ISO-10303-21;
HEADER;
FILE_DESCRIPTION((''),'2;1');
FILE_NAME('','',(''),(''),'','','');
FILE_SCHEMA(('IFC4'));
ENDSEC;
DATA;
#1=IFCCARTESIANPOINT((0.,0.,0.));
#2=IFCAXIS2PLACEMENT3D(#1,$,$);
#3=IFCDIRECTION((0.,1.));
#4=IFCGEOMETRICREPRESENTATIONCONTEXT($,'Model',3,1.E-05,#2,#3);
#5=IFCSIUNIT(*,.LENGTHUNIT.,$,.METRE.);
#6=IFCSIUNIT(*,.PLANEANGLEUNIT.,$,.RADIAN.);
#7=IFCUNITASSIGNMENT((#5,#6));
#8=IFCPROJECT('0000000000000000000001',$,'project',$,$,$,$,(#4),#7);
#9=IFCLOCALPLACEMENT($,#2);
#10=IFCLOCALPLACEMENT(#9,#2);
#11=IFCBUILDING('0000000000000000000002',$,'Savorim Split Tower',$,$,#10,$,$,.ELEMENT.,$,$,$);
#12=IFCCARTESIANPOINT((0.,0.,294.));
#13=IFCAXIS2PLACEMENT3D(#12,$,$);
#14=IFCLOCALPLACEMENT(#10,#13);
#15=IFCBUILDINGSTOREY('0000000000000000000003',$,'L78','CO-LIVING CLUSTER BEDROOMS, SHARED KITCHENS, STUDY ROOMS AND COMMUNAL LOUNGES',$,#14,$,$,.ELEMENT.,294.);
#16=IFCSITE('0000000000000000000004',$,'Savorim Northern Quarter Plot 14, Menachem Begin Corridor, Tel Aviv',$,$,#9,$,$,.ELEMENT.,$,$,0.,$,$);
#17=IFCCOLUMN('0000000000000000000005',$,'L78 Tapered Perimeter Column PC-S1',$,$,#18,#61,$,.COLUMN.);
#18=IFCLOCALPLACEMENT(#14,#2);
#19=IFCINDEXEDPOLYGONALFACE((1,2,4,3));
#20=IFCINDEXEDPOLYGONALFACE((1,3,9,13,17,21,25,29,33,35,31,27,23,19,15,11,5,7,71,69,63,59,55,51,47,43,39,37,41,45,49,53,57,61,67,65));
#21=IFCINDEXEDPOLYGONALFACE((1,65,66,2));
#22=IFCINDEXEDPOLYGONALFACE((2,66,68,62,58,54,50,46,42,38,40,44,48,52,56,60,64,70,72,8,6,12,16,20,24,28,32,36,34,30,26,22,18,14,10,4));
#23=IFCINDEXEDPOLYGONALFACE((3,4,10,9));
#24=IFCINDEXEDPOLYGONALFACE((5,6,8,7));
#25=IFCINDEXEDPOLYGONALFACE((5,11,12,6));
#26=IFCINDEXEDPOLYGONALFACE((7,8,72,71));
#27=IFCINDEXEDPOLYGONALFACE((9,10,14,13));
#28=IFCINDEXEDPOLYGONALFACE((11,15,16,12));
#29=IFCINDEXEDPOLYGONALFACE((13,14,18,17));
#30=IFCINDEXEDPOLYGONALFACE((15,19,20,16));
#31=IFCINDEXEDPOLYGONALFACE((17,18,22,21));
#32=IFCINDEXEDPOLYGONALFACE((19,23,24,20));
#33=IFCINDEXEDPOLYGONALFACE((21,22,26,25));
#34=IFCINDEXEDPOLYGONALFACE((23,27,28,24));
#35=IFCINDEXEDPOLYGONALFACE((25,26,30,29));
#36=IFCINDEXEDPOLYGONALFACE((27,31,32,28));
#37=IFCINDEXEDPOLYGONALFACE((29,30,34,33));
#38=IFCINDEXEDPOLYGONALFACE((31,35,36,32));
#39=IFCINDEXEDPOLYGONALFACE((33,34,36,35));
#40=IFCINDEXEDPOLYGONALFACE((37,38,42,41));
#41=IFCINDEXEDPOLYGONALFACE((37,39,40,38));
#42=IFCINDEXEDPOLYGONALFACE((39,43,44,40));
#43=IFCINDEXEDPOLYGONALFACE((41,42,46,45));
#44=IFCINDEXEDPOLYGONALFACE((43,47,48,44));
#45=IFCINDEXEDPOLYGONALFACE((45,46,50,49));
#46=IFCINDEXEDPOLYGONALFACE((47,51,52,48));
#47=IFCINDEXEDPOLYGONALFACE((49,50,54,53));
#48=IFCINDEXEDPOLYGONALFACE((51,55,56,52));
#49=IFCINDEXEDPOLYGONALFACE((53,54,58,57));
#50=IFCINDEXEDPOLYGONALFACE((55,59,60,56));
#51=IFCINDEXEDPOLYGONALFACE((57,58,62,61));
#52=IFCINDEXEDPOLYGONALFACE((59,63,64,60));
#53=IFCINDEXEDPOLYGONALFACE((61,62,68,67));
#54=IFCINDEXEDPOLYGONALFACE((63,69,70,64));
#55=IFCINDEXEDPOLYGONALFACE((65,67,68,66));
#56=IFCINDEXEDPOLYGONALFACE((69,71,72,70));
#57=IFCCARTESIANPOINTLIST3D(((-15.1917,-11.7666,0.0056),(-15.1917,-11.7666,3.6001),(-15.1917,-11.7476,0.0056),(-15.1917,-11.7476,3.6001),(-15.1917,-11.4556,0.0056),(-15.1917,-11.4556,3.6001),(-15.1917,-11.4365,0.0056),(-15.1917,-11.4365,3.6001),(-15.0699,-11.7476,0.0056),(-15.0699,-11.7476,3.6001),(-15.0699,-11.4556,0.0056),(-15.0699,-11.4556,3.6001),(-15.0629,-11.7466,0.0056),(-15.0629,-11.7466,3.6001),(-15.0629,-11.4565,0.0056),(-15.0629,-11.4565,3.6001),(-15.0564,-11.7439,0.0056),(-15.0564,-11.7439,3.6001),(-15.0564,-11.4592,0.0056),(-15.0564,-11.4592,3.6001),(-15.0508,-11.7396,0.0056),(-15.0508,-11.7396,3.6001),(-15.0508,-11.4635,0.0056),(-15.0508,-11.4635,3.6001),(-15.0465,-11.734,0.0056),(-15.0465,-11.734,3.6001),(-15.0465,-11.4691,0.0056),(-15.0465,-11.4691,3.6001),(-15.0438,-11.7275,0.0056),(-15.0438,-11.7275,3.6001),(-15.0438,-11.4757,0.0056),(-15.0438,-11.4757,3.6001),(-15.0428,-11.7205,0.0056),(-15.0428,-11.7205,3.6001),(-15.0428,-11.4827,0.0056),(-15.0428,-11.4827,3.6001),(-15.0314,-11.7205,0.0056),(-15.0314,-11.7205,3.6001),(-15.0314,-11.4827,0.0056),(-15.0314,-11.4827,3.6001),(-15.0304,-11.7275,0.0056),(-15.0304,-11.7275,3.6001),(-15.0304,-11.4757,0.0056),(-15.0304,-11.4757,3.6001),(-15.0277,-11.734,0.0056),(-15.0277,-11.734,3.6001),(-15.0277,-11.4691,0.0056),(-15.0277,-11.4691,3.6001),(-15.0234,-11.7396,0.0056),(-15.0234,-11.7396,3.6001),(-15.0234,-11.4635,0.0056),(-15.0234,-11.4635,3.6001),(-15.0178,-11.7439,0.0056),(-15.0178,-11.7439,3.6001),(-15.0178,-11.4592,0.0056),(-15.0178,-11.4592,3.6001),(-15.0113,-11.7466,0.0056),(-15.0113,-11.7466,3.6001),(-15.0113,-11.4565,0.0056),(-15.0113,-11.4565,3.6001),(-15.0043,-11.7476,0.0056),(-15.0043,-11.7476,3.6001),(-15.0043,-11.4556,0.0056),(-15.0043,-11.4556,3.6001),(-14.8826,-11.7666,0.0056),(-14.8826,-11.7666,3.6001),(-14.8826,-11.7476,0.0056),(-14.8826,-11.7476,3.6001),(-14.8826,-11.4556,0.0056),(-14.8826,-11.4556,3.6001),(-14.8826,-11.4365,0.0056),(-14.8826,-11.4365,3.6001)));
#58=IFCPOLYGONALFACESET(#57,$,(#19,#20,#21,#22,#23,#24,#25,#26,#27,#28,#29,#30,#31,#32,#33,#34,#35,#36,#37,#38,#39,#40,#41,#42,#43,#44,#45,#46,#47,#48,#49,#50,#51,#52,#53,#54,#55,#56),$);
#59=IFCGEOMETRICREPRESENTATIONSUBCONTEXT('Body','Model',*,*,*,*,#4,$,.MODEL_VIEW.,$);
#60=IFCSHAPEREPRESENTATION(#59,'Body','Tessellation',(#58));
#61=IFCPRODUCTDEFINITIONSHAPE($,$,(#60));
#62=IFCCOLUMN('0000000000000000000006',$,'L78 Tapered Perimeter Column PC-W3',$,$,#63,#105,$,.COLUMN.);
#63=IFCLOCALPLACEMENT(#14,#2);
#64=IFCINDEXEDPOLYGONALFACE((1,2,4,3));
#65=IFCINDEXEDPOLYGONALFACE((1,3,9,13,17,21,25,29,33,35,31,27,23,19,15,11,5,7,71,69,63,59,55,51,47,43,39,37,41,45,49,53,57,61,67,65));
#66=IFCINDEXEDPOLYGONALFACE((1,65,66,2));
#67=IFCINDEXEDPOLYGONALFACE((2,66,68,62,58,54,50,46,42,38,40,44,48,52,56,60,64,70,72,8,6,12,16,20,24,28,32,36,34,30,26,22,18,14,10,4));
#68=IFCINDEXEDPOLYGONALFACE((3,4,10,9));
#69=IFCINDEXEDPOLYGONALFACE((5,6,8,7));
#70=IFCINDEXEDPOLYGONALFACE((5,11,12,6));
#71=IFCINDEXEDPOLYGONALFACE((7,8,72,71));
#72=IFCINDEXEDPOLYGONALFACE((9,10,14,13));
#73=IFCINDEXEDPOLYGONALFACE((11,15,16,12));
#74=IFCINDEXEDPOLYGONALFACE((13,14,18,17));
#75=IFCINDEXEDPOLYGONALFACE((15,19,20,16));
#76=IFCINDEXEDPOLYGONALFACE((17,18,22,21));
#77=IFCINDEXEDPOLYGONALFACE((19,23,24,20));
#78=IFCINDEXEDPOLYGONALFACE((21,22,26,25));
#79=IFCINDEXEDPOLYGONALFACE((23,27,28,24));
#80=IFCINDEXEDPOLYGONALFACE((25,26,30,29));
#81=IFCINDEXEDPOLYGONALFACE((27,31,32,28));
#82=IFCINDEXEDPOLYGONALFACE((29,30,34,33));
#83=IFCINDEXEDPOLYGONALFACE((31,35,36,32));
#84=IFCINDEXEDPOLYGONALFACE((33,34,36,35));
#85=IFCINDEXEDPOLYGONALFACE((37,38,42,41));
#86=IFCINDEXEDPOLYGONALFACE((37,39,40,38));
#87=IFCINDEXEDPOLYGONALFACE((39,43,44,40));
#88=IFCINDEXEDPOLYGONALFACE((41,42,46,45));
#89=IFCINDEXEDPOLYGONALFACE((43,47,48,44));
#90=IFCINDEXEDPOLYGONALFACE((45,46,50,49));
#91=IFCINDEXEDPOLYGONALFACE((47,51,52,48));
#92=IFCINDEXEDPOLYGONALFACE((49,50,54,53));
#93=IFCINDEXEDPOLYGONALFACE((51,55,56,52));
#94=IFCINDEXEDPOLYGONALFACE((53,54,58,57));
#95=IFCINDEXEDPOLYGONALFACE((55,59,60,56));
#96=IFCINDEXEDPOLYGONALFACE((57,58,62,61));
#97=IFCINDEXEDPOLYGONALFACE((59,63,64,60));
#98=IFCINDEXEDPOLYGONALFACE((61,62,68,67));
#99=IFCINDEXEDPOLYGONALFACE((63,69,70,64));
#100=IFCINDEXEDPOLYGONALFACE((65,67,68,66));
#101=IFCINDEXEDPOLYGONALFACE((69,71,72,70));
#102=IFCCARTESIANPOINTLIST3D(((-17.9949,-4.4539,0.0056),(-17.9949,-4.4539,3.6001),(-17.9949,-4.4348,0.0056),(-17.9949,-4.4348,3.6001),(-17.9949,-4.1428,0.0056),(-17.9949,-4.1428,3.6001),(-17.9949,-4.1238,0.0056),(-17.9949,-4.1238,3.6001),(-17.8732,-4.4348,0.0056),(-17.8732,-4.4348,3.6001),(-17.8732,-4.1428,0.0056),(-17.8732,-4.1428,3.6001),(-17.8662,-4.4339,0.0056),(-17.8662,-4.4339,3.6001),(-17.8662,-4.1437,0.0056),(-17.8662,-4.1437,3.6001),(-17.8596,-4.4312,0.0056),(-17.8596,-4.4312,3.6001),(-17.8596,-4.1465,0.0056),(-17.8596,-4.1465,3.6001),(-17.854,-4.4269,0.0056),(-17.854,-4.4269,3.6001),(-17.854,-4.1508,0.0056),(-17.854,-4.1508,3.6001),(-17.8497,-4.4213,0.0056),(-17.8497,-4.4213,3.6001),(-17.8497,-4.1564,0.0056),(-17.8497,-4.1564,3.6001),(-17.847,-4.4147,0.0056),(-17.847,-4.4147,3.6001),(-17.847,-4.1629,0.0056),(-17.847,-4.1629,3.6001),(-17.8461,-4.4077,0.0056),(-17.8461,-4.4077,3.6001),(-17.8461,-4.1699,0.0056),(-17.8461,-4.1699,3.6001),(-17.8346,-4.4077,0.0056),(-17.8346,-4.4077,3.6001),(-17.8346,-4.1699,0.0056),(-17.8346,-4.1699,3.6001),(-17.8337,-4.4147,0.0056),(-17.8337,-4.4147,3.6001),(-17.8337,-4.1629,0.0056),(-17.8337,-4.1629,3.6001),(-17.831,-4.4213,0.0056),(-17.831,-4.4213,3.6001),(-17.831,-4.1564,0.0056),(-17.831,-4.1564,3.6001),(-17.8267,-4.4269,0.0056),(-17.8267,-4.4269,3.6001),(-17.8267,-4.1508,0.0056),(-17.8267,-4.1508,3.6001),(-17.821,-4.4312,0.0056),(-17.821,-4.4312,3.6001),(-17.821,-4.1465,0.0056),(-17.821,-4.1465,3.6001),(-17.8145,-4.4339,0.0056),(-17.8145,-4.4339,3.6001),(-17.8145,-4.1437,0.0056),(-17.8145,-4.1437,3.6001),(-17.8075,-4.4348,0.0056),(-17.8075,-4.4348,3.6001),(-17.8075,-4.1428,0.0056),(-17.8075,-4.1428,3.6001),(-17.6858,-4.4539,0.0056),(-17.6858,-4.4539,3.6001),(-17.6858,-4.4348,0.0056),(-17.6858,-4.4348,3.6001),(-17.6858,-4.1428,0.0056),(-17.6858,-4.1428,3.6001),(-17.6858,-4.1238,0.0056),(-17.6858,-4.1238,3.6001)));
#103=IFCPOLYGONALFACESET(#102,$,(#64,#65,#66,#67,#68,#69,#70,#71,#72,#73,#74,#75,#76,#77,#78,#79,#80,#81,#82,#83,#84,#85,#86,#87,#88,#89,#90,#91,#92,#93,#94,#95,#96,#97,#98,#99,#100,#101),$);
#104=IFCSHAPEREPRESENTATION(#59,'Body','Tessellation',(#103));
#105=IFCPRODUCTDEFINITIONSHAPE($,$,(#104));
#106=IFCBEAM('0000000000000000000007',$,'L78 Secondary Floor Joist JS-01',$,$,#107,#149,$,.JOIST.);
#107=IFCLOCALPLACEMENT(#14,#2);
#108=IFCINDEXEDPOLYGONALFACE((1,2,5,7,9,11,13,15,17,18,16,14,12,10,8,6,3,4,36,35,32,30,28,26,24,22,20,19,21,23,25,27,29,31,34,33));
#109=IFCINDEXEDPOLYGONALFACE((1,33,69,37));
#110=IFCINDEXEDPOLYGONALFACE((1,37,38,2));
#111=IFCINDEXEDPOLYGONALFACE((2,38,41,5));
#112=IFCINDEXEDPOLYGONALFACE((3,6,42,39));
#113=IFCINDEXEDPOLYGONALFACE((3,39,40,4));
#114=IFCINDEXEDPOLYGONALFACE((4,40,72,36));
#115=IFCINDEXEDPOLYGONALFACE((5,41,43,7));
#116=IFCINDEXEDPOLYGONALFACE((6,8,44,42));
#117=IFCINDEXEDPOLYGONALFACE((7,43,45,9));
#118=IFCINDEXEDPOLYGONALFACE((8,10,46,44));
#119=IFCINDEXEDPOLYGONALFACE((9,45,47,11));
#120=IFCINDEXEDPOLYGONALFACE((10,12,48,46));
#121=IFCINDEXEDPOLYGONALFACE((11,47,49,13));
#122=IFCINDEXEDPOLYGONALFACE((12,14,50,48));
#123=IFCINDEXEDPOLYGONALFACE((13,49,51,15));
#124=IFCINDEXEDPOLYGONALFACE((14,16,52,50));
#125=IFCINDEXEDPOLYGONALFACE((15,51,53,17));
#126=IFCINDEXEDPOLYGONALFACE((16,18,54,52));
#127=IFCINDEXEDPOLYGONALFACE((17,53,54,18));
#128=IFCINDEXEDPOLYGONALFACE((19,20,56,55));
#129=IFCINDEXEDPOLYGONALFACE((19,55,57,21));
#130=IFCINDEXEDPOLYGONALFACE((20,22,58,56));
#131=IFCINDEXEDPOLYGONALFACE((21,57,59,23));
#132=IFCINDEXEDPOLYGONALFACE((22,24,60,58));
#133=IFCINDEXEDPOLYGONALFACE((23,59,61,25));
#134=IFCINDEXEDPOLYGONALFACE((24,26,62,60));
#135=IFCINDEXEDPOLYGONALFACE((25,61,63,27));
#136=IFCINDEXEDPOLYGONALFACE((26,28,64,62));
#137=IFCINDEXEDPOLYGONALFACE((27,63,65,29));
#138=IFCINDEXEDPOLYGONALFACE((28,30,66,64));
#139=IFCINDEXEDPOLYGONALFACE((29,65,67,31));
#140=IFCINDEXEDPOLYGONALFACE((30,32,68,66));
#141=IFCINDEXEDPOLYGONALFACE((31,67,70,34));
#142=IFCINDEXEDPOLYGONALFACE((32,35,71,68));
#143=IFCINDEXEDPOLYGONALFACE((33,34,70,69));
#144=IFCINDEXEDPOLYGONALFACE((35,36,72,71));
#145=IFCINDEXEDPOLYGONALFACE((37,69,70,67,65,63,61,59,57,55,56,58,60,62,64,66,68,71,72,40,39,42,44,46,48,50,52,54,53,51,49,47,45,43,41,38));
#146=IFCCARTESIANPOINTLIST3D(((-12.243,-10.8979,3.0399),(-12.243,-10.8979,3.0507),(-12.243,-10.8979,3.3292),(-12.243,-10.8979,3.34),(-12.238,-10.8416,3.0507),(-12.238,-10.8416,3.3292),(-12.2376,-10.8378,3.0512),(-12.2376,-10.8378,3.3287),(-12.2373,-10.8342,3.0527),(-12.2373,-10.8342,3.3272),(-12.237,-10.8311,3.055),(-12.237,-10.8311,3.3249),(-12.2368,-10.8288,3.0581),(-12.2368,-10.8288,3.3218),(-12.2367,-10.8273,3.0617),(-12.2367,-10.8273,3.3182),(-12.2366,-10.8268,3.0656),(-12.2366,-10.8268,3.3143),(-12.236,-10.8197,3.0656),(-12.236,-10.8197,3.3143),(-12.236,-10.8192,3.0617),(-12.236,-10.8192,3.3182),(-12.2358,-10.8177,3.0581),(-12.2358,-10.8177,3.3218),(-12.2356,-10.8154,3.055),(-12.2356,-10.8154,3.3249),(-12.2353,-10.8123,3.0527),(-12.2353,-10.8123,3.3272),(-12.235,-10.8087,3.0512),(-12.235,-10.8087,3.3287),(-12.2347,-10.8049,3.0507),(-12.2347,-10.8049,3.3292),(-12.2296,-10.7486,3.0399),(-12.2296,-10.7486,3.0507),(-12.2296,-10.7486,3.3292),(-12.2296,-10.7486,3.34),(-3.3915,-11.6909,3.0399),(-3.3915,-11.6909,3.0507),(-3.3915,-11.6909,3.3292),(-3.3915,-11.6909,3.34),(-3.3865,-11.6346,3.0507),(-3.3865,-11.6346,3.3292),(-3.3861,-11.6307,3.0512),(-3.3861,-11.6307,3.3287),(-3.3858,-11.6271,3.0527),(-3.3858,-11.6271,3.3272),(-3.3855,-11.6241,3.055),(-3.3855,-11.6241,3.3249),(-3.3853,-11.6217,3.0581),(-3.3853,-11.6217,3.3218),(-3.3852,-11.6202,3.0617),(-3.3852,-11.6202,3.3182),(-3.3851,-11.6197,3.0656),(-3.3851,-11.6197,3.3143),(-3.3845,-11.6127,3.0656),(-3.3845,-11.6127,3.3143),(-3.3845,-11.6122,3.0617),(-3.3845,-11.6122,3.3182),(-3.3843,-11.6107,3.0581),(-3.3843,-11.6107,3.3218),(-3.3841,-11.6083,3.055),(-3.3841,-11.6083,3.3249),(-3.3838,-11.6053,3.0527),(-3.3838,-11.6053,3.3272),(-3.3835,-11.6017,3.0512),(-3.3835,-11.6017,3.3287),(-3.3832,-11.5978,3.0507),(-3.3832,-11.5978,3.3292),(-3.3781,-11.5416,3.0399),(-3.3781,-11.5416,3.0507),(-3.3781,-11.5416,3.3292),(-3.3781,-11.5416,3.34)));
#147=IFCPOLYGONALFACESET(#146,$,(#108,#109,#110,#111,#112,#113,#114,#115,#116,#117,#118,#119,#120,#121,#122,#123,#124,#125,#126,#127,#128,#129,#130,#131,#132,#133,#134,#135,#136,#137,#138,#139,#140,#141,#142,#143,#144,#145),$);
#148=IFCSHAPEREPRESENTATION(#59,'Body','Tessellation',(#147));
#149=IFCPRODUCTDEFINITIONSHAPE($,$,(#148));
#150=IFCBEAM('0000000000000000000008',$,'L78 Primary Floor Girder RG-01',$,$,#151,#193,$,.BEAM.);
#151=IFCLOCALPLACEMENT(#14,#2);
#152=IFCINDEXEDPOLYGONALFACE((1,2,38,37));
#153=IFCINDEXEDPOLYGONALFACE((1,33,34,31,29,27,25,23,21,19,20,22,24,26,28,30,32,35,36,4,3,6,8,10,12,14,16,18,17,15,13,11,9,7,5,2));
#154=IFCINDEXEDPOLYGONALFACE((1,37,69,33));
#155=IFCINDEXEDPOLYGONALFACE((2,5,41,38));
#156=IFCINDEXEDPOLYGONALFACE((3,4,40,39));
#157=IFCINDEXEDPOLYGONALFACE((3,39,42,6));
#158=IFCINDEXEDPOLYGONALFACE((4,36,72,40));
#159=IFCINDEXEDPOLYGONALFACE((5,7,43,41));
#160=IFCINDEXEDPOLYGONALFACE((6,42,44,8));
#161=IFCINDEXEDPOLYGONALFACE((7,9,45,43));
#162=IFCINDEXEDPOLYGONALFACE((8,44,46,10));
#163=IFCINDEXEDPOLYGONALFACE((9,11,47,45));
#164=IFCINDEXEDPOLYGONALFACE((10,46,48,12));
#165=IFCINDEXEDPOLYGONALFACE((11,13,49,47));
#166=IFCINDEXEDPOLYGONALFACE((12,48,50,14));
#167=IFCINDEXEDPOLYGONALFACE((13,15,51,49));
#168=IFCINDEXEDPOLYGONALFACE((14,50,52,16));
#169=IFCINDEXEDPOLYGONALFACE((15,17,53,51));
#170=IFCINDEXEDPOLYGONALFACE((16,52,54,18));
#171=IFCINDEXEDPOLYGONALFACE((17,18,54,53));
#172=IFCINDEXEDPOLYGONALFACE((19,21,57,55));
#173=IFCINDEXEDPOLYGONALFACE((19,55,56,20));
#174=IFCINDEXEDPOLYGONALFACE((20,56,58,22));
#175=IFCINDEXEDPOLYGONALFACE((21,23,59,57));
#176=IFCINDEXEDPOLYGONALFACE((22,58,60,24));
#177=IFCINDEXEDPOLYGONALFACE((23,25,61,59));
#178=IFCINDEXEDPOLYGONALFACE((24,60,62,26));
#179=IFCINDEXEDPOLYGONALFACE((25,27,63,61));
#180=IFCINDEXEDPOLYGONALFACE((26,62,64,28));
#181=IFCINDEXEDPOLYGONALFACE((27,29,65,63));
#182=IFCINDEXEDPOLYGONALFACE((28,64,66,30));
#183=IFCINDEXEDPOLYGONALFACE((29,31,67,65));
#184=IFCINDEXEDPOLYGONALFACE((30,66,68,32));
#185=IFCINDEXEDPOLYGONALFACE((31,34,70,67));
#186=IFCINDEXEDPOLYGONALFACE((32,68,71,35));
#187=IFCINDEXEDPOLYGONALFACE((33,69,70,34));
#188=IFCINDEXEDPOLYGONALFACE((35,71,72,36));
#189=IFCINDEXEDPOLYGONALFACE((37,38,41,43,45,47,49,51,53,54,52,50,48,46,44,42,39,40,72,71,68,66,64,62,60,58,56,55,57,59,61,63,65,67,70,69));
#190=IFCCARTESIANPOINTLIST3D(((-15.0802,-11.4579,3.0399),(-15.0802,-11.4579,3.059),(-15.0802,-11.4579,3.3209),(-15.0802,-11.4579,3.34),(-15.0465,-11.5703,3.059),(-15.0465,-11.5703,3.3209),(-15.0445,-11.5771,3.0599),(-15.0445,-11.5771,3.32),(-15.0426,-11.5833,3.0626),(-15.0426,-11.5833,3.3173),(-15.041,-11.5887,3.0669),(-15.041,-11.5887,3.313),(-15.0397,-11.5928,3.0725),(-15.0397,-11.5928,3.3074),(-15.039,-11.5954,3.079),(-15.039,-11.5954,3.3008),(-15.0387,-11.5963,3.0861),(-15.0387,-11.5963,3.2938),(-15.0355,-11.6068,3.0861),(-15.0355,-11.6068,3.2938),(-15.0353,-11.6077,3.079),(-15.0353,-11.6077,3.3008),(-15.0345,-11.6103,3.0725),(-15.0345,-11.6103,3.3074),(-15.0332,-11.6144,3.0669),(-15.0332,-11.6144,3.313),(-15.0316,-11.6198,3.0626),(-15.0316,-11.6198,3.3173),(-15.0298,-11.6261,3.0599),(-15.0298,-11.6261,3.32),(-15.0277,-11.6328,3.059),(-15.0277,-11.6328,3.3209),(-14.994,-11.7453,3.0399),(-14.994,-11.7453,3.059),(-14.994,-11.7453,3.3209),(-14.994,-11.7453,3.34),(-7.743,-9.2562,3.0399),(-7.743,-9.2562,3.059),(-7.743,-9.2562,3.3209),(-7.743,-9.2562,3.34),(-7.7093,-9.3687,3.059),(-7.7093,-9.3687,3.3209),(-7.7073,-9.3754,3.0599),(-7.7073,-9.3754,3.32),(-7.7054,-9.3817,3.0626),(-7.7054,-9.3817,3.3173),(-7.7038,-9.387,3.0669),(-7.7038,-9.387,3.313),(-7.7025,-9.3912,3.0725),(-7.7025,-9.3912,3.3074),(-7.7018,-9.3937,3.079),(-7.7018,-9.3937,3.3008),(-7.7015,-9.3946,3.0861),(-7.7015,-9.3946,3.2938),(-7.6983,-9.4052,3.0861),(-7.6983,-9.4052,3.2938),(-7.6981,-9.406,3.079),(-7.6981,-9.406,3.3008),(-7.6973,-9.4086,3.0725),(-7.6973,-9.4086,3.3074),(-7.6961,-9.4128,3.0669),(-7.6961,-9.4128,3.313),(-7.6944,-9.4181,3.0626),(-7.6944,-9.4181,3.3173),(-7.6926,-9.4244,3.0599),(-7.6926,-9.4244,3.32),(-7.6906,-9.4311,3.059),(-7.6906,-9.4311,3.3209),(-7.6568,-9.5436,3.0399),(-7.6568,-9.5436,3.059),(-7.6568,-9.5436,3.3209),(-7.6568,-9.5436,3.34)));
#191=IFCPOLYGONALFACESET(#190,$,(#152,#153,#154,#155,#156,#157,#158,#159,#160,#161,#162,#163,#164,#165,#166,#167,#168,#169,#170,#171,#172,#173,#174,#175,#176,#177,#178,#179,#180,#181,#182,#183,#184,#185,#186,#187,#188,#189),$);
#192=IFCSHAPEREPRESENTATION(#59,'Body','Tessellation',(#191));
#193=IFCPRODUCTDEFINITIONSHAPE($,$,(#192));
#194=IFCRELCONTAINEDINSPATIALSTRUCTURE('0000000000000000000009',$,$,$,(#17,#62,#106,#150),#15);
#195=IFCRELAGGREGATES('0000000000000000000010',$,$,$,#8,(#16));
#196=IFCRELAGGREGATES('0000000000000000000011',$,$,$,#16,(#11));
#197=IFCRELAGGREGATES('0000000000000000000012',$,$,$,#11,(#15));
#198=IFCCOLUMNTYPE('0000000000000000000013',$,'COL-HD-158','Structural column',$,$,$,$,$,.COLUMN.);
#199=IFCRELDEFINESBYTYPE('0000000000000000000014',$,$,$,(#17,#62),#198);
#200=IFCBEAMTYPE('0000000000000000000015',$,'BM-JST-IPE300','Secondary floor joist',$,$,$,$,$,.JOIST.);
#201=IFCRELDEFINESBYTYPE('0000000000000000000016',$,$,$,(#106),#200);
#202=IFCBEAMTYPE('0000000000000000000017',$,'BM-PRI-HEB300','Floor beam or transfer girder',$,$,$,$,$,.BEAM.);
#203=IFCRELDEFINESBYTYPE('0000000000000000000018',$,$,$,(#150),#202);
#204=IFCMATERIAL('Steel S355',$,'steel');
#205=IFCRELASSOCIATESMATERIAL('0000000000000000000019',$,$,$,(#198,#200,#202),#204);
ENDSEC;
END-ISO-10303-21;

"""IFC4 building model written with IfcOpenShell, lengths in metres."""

from ifc_helpers import new_model, si_unit, direction, frame, origin, origin_2d, place, context, subcontext, project, spatial, i_section, extrude, material, material_profile, profile_set, type_object, element, save


model = new_model("IFC4")

# Units and contexts
model_context = context("Model", 3, precision=1e-05, world=origin(), true_north=direction((0.0, 1.0)))
body_context = subcontext(model_context, "Body", "Model", "MODEL_VIEW")
ifc_project = project(units=[si_unit("LENGTHUNIT", "METRE"), si_unit("PLANEANGLEUNIT", "RADIAN")], contexts=[model_context])

# Site, building, storey
site_placement = place(None, origin())
site = spatial("IfcSite", under=ifc_project, at=site_placement, Name="Savorim Northern Quarter Plot 14, Menachem Begin Corridor, Tel Aviv", CompositionType="ELEMENT", RefElevation=0.0)
building_placement = place(site_placement, origin())
building = spatial("IfcBuilding", under=site, at=building_placement, Name="Savorim Split Tower", CompositionType="ELEMENT")
storey_placement = place(building_placement, frame((0.0, 0.0, 294.0)))
storey = spatial("IfcBuildingStorey", under=building, at=storey_placement, Name="L78", Description="CO-LIVING CLUSTER BEDROOMS, SHARED KITCHENS, STUDY ROOMS AND COMMUNAL LOUNGES", CompositionType="ELEMENT", Elevation=294.0)

# Columns
ifc_material_1 = material(Name="Steel S355", Category="steel")
ifc_material_profile_1 = material_profile(ifc_material_1, i_section(OverallWidth=0.3091, OverallDepth=0.3301, WebThickness=0.0115, FlangeThickness=0.019, FilletRadius=0.0271, at=origin_2d()), Name="HD 320x158")
ifc_profile_set_1 = profile_set([ifc_material_profile_1], Name="Steel S355")
column_type = type_object("IfcColumnType", Name="COL-HD-158", Description="Structural column", PredefinedType="COLUMN", material=ifc_profile_set_1)
for number, where, z_axis, x_axis, name in (
    (1, (-15.0371, -11.6016, 0.0056), (0.0, 0.0, 1.0), (1.0, 0.0, 0.0), "L78 Tapered Perimeter Column PC-S1"),
    (2, (-17.8403, -4.2888, 0.0056), (0.0, 0.0, 1.0), (1.0, 0.0, 0.0), "L78 Tapered Perimeter Column PC-W3"),
):
    element("IfcColumn", number, at=place(storey_placement, frame(where, z_axis=z_axis, x_axis=x_axis)), inside=storey, type_object=column_type, Name=name, PredefinedType="COLUMN", context=body_context, shape_type="SweptSolid", body=[
        extrude(i_section(OverallWidth=0.3091, OverallDepth=0.3301, WebThickness=0.0115, FlangeThickness=0.019, FilletRadius=0.0271, at=origin_2d()), origin(), (0.0, 0.0, 1.0), 3.5945),
    ])

# Beams
ifc_material_profile_2 = material_profile(ifc_material_1, i_section(OverallWidth=0.1499, OverallDepth=0.3, WebThickness=0.0071, FlangeThickness=0.0107, FilletRadius=0.0149, at=origin_2d()), Name="IPE 300")
ifc_profile_set_2 = profile_set([ifc_material_profile_2], Name="Steel S355")
beam_type_1 = type_object("IfcBeamType", Name="BM-JST-IPE300", Description="Secondary floor joist", PredefinedType="JOIST", material=ifc_profile_set_2)
beam_1_placement = place(storey_placement, frame((-12.2363, -10.8232, 3.1899), z_axis=(0.996011, -0.089228, 0.0), x_axis=(0.089228, 0.996011, 0.0)))
element("IfcBeam", 3, at=beam_1_placement, inside=storey, type_object=beam_type_1, Name="L78 Secondary Floor Joist JS-01", PredefinedType="JOIST", context=body_context, shape_type="SweptSolid", body=[
    extrude(i_section(OverallWidth=0.1499, OverallDepth=0.3, WebThickness=0.0071, FlangeThickness=0.0107, FilletRadius=0.0149, at=origin_2d()), origin(), (0.0, 0.0, 1.0), 8.887),
])
ifc_material_profile_3 = material_profile(ifc_material_1, i_section(OverallWidth=0.3, OverallDepth=0.3, WebThickness=0.011, FlangeThickness=0.019, FilletRadius=0.0271, at=origin_2d()), Name="HEB 300")
ifc_profile_set_3 = profile_set([ifc_material_profile_3], Name="Steel S355")
beam_type_2 = type_object("IfcBeamType", Name="BM-PRI-HEB300", Description="Floor beam or transfer girder", PredefinedType="BEAM", material=ifc_profile_set_3)
beam_2_placement = place(storey_placement, frame((-15.0371, -11.6016, 3.1899), z_axis=(0.957808, 0.287409, 0.0), x_axis=(-0.287409, 0.957808, 0.0)))
element("IfcBeam", 4, at=beam_2_placement, inside=storey, type_object=beam_type_2, Name="L78 Primary Floor Girder RG-01", PredefinedType="BEAM", context=body_context, shape_type="SweptSolid", body=[
    extrude(i_section(OverallWidth=0.3, OverallDepth=0.3, WebThickness=0.011, FlangeThickness=0.019, FilletRadius=0.0271, at=origin_2d()), origin(), (0.0, 0.0, 1.0), 7.6604),
])

save(model, "model.ifc")
